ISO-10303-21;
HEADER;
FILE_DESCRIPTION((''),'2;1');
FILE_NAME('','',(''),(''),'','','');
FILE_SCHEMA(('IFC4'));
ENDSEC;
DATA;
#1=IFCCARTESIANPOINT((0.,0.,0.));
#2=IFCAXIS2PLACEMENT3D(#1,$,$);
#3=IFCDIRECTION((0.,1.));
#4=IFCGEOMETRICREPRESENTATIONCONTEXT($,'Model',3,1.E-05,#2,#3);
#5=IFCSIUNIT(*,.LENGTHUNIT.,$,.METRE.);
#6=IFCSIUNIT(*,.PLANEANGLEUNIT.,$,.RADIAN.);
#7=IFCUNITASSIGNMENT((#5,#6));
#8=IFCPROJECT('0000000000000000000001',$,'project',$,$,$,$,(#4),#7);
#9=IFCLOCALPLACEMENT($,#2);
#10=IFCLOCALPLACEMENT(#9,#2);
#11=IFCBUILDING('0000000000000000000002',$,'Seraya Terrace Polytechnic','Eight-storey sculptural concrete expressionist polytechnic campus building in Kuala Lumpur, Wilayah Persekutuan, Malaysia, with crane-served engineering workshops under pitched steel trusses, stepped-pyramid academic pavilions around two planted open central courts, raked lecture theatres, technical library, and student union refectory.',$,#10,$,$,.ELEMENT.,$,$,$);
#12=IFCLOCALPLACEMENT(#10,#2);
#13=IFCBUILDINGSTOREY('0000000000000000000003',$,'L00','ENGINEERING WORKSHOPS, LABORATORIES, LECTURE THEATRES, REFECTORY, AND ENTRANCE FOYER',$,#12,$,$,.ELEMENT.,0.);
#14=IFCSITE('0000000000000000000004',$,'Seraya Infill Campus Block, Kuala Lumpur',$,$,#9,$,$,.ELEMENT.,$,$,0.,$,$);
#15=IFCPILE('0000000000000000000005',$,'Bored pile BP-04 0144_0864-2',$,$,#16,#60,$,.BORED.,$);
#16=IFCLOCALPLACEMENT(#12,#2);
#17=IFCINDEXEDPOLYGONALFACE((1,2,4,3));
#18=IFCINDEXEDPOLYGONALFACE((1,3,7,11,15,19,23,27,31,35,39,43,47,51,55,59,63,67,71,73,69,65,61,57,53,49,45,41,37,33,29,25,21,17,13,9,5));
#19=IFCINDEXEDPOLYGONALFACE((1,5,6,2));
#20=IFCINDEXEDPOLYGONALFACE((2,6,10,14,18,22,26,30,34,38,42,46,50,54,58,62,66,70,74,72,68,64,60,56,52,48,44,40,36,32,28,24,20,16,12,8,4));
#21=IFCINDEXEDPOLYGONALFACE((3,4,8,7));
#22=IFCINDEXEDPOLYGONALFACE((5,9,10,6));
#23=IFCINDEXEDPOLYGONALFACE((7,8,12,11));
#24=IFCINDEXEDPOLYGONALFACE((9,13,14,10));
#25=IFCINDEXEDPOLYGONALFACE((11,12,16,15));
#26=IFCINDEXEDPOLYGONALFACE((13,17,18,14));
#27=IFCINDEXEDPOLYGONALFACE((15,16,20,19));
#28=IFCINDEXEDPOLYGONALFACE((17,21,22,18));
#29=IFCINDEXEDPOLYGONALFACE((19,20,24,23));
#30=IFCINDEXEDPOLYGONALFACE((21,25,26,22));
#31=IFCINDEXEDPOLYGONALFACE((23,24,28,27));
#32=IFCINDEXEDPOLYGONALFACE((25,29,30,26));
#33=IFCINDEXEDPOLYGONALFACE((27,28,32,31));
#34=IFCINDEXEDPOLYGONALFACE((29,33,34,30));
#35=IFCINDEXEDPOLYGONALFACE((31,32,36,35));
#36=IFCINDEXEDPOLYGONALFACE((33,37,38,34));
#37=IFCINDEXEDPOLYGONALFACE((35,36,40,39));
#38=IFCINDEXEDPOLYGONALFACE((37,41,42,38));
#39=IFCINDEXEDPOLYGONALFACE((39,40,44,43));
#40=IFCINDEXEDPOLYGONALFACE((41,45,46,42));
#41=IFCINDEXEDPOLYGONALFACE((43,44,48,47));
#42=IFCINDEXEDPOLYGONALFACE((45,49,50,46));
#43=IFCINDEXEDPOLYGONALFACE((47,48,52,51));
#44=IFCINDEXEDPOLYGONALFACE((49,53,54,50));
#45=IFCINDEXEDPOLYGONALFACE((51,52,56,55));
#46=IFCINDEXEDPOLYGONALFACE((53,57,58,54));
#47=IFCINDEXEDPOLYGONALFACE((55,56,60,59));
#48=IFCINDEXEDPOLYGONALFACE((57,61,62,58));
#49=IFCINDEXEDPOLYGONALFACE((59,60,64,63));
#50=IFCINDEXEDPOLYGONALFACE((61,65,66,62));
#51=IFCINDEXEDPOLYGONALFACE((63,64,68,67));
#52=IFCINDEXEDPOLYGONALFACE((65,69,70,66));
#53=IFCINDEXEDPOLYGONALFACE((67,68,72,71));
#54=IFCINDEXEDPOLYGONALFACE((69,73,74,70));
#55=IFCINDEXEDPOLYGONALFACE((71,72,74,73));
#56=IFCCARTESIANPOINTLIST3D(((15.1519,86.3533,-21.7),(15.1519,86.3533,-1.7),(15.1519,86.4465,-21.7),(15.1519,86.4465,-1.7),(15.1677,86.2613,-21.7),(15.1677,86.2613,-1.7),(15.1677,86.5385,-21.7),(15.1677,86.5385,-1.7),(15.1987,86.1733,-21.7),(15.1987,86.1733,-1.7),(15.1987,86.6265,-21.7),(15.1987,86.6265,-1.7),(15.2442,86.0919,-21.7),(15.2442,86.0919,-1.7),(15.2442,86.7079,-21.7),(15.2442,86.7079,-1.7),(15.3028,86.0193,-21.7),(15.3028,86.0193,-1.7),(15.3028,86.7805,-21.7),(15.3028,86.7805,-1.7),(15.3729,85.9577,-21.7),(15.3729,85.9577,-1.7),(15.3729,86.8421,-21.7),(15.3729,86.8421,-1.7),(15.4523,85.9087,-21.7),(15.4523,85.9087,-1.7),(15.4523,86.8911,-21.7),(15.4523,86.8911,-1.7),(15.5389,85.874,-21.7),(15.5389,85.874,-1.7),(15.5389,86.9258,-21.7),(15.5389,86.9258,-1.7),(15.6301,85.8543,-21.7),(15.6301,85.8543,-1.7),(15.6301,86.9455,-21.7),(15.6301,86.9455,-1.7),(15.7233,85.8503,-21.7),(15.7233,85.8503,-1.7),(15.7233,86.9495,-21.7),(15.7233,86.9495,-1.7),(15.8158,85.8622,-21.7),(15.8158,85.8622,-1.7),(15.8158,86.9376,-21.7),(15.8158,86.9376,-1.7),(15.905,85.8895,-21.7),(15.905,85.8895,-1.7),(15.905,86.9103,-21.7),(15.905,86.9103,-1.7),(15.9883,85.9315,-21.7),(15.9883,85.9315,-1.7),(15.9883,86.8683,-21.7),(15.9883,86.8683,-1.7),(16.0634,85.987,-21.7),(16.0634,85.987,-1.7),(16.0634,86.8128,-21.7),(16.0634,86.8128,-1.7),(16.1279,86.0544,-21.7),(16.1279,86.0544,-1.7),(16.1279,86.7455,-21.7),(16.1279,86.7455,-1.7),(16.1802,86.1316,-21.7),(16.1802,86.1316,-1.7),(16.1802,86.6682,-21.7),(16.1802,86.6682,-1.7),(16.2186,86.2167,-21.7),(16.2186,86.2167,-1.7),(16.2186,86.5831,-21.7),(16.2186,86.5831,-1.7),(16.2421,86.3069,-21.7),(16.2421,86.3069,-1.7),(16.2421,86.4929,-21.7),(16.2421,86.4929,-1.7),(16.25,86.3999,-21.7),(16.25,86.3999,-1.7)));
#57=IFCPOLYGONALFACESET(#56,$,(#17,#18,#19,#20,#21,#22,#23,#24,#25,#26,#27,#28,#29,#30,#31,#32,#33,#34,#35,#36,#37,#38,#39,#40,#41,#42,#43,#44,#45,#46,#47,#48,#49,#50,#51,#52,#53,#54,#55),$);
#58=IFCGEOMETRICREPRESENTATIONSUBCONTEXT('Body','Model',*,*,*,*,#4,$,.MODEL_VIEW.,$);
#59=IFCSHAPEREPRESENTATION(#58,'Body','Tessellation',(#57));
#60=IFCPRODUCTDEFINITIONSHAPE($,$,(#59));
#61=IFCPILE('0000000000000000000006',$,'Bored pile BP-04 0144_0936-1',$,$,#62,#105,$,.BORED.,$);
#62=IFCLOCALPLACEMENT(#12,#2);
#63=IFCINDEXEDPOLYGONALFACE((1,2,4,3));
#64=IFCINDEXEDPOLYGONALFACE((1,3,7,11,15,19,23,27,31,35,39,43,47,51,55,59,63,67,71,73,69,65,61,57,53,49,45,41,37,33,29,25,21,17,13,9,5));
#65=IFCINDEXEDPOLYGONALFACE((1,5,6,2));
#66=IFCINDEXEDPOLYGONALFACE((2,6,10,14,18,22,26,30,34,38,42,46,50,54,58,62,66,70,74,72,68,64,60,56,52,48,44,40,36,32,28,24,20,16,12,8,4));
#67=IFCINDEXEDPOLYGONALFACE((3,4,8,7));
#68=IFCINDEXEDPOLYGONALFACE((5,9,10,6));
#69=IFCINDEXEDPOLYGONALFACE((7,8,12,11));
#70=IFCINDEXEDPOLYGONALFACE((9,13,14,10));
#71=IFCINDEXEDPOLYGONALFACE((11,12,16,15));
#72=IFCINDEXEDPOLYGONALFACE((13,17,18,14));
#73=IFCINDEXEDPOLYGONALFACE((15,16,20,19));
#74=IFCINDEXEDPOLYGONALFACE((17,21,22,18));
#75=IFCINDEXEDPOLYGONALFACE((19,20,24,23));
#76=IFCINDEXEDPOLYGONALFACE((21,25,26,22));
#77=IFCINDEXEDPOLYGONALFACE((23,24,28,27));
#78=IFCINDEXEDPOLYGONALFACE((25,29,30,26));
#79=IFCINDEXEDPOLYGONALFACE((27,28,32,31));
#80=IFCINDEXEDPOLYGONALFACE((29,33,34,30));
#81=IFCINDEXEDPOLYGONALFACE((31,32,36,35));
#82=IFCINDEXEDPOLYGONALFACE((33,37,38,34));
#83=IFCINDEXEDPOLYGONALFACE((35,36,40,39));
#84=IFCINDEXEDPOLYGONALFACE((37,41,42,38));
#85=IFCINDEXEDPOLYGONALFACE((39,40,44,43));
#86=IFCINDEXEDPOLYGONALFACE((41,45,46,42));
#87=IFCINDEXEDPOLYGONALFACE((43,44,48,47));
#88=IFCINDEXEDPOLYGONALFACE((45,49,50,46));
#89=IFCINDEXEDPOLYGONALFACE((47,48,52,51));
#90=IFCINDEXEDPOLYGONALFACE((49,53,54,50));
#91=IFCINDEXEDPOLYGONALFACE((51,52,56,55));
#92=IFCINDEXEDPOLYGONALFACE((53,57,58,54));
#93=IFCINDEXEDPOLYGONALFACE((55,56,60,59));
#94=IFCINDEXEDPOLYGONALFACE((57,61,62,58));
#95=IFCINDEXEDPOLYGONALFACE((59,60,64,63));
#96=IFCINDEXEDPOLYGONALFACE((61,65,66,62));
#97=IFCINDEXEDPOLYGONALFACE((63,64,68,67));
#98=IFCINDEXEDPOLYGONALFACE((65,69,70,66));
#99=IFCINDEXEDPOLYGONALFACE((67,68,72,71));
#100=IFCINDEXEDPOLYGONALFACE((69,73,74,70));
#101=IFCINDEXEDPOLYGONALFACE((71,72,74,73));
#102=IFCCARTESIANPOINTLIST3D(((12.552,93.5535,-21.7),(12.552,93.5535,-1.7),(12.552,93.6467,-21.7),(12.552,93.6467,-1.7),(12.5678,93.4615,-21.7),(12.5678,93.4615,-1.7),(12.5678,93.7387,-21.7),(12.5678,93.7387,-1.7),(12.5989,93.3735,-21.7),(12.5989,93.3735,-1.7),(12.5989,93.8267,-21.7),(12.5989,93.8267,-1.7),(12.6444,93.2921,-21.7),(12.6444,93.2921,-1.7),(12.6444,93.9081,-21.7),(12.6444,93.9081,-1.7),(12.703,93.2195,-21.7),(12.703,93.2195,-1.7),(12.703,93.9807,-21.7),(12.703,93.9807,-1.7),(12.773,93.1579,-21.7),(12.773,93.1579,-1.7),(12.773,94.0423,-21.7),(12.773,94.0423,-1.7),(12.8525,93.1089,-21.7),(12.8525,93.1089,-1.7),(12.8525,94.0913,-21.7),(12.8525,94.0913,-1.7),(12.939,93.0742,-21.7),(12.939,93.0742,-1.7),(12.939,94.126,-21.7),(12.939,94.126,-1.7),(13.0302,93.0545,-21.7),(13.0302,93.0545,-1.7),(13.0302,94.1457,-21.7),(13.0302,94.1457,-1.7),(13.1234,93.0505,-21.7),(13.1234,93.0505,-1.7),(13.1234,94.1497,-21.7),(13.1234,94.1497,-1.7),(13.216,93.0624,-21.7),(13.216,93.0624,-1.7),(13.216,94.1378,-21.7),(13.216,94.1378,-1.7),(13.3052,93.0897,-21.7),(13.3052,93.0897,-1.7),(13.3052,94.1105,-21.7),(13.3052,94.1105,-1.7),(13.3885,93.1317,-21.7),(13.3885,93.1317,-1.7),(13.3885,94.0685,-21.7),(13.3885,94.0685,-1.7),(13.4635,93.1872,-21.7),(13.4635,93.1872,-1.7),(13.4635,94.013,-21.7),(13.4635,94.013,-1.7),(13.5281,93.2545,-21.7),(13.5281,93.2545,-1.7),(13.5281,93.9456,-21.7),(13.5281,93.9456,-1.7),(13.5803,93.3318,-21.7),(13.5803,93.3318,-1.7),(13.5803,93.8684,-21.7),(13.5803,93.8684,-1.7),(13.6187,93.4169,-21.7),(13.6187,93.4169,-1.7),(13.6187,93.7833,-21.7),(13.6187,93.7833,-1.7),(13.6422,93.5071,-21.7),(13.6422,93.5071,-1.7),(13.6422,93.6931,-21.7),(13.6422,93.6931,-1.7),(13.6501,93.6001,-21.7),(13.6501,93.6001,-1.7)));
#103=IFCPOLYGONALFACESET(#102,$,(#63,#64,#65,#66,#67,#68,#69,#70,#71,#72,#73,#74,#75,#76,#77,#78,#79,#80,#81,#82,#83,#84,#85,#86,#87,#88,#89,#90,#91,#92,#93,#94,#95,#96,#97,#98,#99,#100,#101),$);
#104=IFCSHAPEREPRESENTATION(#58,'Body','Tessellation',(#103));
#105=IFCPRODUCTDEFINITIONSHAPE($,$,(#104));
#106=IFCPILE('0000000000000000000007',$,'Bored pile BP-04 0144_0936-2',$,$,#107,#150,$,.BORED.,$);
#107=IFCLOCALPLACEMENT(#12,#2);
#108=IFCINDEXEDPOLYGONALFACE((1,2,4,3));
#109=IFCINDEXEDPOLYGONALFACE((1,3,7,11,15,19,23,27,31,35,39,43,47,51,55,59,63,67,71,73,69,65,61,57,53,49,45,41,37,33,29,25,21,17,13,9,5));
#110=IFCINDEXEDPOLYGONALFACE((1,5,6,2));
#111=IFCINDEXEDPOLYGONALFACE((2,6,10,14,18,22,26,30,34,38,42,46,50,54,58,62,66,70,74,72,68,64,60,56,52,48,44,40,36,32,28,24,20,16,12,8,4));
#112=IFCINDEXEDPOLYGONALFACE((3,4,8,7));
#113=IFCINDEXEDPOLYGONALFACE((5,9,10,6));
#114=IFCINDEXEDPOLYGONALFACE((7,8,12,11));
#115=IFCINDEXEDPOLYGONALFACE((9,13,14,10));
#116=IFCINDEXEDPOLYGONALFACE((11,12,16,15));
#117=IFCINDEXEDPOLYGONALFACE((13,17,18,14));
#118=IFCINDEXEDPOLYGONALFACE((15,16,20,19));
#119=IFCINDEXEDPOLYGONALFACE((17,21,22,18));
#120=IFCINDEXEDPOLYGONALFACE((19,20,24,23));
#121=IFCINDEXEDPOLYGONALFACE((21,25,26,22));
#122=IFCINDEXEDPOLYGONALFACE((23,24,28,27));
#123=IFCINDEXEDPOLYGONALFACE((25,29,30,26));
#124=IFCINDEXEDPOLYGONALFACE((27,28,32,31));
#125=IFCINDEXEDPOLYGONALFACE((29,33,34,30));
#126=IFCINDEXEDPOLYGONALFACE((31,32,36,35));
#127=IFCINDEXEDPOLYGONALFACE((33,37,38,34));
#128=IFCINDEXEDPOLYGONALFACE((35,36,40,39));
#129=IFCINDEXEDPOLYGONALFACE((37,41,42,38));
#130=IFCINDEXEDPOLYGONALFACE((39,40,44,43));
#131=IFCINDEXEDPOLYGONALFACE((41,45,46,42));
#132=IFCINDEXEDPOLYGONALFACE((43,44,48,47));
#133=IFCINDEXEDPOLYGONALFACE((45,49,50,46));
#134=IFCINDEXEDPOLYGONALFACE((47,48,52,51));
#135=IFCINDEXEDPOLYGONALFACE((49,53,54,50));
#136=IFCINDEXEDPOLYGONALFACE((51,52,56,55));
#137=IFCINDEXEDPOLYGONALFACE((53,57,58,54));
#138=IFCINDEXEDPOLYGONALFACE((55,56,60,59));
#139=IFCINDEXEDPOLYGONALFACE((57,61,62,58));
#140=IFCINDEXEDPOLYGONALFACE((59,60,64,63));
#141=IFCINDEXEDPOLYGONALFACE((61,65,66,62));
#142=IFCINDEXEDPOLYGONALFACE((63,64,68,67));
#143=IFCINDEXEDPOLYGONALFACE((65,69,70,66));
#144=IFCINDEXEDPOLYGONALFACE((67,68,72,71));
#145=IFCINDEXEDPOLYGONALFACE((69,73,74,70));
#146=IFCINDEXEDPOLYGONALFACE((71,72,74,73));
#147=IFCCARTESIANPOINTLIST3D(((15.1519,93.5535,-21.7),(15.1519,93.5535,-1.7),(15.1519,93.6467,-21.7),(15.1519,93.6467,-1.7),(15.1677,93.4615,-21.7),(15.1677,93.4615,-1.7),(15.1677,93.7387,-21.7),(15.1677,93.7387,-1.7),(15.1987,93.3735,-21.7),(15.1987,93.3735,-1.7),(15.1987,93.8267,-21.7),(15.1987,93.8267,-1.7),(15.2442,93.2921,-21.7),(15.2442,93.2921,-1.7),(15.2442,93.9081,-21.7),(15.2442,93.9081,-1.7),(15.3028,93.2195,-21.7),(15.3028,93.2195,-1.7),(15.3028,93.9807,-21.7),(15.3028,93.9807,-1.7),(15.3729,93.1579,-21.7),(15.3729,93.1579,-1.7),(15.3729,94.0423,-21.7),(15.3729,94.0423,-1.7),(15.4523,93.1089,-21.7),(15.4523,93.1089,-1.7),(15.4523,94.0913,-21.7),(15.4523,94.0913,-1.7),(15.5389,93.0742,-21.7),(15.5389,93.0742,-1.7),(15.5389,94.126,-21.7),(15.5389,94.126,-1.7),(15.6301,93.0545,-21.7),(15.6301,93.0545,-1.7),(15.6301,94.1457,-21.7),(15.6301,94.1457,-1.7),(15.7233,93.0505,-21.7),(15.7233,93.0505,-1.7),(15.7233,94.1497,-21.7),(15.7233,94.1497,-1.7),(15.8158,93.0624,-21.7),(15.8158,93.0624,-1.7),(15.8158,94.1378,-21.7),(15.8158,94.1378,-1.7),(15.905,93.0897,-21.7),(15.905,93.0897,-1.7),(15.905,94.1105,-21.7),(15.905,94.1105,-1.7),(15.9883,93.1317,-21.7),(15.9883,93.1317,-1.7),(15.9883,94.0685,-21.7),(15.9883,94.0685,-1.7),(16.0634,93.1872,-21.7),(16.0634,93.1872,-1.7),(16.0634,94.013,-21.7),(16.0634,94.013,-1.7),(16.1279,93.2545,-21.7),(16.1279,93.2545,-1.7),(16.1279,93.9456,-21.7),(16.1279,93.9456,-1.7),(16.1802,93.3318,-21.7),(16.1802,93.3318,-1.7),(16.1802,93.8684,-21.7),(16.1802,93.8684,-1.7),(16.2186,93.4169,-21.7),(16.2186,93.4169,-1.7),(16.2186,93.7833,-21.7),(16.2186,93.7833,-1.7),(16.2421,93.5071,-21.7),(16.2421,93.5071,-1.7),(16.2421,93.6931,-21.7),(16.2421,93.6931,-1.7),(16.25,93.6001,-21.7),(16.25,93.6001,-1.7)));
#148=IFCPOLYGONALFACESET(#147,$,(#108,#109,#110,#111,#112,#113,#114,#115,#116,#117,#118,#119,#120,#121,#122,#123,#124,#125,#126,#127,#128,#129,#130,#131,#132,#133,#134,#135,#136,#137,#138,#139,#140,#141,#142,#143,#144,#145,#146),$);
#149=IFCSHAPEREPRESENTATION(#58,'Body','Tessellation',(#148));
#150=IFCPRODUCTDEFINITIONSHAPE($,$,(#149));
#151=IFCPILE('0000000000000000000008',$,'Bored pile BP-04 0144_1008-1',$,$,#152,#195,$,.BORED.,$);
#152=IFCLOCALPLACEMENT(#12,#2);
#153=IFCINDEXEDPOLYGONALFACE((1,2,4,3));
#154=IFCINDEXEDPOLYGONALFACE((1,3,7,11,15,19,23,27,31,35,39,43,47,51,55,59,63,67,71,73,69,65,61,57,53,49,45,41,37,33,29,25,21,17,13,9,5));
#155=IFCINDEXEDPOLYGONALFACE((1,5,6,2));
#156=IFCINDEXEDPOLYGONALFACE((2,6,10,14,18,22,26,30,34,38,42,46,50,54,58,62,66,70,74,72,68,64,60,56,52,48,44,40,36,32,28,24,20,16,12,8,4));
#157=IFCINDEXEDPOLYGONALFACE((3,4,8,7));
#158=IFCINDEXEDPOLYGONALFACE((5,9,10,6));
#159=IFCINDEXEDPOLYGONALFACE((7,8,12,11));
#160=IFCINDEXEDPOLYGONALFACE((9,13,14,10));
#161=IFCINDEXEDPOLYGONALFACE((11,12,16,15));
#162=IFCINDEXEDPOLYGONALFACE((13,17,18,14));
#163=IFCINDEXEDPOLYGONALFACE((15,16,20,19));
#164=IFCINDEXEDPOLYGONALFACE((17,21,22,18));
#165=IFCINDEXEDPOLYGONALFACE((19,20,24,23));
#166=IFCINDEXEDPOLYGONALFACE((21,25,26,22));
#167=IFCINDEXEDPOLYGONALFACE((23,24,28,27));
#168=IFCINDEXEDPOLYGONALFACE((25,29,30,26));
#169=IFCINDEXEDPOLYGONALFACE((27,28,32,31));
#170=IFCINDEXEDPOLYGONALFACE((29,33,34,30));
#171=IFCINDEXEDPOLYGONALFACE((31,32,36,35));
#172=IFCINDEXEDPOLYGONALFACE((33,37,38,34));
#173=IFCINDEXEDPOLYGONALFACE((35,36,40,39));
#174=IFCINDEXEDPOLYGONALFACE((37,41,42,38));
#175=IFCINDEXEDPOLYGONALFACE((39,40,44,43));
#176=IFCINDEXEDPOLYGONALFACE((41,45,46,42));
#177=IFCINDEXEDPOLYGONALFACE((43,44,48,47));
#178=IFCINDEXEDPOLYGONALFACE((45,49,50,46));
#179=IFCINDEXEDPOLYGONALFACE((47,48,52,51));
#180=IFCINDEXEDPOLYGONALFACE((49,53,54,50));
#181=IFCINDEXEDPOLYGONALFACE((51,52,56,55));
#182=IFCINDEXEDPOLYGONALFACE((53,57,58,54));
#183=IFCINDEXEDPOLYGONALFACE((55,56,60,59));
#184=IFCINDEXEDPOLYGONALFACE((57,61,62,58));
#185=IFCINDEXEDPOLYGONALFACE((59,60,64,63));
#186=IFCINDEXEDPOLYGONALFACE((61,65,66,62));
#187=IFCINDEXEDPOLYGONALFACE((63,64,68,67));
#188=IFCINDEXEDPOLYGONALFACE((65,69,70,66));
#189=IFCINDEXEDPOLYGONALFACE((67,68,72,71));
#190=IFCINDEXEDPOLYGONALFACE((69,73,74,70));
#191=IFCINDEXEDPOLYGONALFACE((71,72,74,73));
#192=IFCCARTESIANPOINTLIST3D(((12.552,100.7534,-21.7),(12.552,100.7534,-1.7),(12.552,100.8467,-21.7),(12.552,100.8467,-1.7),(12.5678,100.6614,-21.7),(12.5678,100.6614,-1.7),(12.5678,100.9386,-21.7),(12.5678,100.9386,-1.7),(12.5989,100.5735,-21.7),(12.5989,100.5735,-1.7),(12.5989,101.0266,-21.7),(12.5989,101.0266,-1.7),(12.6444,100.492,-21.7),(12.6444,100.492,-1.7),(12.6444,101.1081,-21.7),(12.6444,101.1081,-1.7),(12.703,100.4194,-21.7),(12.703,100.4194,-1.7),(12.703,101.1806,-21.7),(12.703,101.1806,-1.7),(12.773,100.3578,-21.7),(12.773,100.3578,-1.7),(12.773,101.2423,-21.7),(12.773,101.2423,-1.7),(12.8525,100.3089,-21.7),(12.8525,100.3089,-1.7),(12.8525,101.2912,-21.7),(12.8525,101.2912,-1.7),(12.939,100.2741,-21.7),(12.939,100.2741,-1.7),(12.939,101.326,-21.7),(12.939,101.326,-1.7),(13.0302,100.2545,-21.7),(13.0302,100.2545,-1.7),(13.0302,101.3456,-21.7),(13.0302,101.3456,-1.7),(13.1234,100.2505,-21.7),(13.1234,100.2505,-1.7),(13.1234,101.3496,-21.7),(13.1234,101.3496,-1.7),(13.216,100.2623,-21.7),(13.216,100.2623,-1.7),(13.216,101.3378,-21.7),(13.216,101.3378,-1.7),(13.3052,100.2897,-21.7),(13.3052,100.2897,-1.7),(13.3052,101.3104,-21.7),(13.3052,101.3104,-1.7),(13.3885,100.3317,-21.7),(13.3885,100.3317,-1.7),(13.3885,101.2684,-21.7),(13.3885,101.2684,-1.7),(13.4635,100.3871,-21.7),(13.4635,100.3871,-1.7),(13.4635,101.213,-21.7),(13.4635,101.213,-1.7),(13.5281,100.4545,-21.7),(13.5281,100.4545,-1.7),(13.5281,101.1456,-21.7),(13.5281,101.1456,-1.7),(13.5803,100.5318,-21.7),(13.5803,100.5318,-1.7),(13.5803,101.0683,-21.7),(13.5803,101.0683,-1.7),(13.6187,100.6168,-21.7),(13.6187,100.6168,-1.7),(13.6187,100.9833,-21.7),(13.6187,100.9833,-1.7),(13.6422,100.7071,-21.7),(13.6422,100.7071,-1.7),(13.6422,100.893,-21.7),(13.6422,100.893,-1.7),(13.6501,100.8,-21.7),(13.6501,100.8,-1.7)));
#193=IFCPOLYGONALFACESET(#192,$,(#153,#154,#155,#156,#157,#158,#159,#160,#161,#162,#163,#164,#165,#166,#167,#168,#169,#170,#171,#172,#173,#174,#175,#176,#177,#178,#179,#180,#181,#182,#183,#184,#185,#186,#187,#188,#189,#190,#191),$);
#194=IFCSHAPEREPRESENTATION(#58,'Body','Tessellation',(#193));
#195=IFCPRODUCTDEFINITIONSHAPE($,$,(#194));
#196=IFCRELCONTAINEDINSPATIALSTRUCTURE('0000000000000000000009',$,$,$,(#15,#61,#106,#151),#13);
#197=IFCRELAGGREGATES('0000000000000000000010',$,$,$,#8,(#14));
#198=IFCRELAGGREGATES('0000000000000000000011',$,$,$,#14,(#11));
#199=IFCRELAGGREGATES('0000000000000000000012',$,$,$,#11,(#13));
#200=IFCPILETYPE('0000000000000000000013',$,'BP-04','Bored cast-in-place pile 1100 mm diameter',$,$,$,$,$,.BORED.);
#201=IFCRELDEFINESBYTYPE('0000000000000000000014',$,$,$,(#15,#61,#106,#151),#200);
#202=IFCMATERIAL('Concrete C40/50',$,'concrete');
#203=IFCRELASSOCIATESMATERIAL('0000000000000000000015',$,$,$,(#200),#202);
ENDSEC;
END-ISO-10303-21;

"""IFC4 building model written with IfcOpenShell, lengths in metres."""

from ifc_helpers import new_model, si_unit, direction, frame, origin, origin_2d, place, context, subcontext, project, spatial, circle, extrude, material, material_profile, profile_set, type_object, element, save


model = new_model("IFC4")

# Units and contexts
model_context = context("Model", 3, precision=1e-05, world=origin(), true_north=direction((0.0, 1.0)))
body_context = subcontext(model_context, "Body", "Model", "MODEL_VIEW")
ifc_project = project(units=[si_unit("LENGTHUNIT", "METRE"), si_unit("PLANEANGLEUNIT", "RADIAN")], contexts=[model_context])

# Site, building, storey
site_placement = place(None, origin())
site = spatial("IfcSite", under=ifc_project, at=site_placement, Name="Seraya Infill Campus Block, Kuala Lumpur", CompositionType="ELEMENT", RefElevation=0.0)
building_placement = place(site_placement, origin())
building = spatial("IfcBuilding", under=site, at=building_placement, Name="Seraya Terrace Polytechnic", Description="Eight-storey sculptural concrete expressionist polytechnic campus building in Kuala Lumpur, Wilayah Persekutuan, Malaysia, with crane-served engineering workshops under pitched steel trusses, stepped-pyramid academic pavilions around two planted open central courts, raked lecture theatres, technical library, and student union refectory.", CompositionType="ELEMENT")
storey_placement = place(building_placement, origin())
storey = spatial("IfcBuildingStorey", under=building, at=storey_placement, Name="L00", Description="ENGINEERING WORKSHOPS, LABORATORIES, LECTURE THEATRES, REFECTORY, AND ENTRANCE FOYER", CompositionType="ELEMENT", Elevation=0.0)

# Piles
ifc_material_1 = material(Name="Concrete C40/50", Category="concrete")
ifc_material_profile_1 = material_profile(ifc_material_1, circle(Radius=0.55, at=origin_2d()), Name="DIA 1100")
ifc_profile_set_1 = profile_set([ifc_material_profile_1], Name="Concrete C40/50")
pile_type = type_object("IfcPileType", Name="BP-04", Description="Bored cast-in-place pile 1100 mm diameter", PredefinedType="BORED", material=ifc_profile_set_1)
for number, where, z_axis, x_axis, name in (
    (1, (15.7, 86.3999, -1.7), (0.0, 0.0, -1.0), (1.0, 0.0, 0.0), "Bored pile BP-04 0144_0864-2"),
    (2, (13.1001, 93.6001, -1.7), (0.0, 0.0, -1.0), (1.0, 0.0, 0.0), "Bored pile BP-04 0144_0936-1"),
    (3, (15.7, 93.6001, -1.7), (0.0, 0.0, -1.0), (1.0, 0.0, 0.0), "Bored pile BP-04 0144_0936-2"),
    (4, (13.1001, 100.8, -1.7), (0.0, 0.0, -1.0), (1.0, 0.0, 0.0), "Bored pile BP-04 0144_1008-1"),
):
    element("IfcPile", number, at=place(storey_placement, frame(where, z_axis=z_axis, x_axis=x_axis)), inside=storey, type_object=pile_type, Name=name, PredefinedType="BORED", context=body_context, shape_type="SweptSolid", body=[
        extrude(circle(Radius=0.55, at=origin_2d()), origin(), (0.0, 0.0, 1.0), 20.0),
    ])

save(model, "model.ifc")
